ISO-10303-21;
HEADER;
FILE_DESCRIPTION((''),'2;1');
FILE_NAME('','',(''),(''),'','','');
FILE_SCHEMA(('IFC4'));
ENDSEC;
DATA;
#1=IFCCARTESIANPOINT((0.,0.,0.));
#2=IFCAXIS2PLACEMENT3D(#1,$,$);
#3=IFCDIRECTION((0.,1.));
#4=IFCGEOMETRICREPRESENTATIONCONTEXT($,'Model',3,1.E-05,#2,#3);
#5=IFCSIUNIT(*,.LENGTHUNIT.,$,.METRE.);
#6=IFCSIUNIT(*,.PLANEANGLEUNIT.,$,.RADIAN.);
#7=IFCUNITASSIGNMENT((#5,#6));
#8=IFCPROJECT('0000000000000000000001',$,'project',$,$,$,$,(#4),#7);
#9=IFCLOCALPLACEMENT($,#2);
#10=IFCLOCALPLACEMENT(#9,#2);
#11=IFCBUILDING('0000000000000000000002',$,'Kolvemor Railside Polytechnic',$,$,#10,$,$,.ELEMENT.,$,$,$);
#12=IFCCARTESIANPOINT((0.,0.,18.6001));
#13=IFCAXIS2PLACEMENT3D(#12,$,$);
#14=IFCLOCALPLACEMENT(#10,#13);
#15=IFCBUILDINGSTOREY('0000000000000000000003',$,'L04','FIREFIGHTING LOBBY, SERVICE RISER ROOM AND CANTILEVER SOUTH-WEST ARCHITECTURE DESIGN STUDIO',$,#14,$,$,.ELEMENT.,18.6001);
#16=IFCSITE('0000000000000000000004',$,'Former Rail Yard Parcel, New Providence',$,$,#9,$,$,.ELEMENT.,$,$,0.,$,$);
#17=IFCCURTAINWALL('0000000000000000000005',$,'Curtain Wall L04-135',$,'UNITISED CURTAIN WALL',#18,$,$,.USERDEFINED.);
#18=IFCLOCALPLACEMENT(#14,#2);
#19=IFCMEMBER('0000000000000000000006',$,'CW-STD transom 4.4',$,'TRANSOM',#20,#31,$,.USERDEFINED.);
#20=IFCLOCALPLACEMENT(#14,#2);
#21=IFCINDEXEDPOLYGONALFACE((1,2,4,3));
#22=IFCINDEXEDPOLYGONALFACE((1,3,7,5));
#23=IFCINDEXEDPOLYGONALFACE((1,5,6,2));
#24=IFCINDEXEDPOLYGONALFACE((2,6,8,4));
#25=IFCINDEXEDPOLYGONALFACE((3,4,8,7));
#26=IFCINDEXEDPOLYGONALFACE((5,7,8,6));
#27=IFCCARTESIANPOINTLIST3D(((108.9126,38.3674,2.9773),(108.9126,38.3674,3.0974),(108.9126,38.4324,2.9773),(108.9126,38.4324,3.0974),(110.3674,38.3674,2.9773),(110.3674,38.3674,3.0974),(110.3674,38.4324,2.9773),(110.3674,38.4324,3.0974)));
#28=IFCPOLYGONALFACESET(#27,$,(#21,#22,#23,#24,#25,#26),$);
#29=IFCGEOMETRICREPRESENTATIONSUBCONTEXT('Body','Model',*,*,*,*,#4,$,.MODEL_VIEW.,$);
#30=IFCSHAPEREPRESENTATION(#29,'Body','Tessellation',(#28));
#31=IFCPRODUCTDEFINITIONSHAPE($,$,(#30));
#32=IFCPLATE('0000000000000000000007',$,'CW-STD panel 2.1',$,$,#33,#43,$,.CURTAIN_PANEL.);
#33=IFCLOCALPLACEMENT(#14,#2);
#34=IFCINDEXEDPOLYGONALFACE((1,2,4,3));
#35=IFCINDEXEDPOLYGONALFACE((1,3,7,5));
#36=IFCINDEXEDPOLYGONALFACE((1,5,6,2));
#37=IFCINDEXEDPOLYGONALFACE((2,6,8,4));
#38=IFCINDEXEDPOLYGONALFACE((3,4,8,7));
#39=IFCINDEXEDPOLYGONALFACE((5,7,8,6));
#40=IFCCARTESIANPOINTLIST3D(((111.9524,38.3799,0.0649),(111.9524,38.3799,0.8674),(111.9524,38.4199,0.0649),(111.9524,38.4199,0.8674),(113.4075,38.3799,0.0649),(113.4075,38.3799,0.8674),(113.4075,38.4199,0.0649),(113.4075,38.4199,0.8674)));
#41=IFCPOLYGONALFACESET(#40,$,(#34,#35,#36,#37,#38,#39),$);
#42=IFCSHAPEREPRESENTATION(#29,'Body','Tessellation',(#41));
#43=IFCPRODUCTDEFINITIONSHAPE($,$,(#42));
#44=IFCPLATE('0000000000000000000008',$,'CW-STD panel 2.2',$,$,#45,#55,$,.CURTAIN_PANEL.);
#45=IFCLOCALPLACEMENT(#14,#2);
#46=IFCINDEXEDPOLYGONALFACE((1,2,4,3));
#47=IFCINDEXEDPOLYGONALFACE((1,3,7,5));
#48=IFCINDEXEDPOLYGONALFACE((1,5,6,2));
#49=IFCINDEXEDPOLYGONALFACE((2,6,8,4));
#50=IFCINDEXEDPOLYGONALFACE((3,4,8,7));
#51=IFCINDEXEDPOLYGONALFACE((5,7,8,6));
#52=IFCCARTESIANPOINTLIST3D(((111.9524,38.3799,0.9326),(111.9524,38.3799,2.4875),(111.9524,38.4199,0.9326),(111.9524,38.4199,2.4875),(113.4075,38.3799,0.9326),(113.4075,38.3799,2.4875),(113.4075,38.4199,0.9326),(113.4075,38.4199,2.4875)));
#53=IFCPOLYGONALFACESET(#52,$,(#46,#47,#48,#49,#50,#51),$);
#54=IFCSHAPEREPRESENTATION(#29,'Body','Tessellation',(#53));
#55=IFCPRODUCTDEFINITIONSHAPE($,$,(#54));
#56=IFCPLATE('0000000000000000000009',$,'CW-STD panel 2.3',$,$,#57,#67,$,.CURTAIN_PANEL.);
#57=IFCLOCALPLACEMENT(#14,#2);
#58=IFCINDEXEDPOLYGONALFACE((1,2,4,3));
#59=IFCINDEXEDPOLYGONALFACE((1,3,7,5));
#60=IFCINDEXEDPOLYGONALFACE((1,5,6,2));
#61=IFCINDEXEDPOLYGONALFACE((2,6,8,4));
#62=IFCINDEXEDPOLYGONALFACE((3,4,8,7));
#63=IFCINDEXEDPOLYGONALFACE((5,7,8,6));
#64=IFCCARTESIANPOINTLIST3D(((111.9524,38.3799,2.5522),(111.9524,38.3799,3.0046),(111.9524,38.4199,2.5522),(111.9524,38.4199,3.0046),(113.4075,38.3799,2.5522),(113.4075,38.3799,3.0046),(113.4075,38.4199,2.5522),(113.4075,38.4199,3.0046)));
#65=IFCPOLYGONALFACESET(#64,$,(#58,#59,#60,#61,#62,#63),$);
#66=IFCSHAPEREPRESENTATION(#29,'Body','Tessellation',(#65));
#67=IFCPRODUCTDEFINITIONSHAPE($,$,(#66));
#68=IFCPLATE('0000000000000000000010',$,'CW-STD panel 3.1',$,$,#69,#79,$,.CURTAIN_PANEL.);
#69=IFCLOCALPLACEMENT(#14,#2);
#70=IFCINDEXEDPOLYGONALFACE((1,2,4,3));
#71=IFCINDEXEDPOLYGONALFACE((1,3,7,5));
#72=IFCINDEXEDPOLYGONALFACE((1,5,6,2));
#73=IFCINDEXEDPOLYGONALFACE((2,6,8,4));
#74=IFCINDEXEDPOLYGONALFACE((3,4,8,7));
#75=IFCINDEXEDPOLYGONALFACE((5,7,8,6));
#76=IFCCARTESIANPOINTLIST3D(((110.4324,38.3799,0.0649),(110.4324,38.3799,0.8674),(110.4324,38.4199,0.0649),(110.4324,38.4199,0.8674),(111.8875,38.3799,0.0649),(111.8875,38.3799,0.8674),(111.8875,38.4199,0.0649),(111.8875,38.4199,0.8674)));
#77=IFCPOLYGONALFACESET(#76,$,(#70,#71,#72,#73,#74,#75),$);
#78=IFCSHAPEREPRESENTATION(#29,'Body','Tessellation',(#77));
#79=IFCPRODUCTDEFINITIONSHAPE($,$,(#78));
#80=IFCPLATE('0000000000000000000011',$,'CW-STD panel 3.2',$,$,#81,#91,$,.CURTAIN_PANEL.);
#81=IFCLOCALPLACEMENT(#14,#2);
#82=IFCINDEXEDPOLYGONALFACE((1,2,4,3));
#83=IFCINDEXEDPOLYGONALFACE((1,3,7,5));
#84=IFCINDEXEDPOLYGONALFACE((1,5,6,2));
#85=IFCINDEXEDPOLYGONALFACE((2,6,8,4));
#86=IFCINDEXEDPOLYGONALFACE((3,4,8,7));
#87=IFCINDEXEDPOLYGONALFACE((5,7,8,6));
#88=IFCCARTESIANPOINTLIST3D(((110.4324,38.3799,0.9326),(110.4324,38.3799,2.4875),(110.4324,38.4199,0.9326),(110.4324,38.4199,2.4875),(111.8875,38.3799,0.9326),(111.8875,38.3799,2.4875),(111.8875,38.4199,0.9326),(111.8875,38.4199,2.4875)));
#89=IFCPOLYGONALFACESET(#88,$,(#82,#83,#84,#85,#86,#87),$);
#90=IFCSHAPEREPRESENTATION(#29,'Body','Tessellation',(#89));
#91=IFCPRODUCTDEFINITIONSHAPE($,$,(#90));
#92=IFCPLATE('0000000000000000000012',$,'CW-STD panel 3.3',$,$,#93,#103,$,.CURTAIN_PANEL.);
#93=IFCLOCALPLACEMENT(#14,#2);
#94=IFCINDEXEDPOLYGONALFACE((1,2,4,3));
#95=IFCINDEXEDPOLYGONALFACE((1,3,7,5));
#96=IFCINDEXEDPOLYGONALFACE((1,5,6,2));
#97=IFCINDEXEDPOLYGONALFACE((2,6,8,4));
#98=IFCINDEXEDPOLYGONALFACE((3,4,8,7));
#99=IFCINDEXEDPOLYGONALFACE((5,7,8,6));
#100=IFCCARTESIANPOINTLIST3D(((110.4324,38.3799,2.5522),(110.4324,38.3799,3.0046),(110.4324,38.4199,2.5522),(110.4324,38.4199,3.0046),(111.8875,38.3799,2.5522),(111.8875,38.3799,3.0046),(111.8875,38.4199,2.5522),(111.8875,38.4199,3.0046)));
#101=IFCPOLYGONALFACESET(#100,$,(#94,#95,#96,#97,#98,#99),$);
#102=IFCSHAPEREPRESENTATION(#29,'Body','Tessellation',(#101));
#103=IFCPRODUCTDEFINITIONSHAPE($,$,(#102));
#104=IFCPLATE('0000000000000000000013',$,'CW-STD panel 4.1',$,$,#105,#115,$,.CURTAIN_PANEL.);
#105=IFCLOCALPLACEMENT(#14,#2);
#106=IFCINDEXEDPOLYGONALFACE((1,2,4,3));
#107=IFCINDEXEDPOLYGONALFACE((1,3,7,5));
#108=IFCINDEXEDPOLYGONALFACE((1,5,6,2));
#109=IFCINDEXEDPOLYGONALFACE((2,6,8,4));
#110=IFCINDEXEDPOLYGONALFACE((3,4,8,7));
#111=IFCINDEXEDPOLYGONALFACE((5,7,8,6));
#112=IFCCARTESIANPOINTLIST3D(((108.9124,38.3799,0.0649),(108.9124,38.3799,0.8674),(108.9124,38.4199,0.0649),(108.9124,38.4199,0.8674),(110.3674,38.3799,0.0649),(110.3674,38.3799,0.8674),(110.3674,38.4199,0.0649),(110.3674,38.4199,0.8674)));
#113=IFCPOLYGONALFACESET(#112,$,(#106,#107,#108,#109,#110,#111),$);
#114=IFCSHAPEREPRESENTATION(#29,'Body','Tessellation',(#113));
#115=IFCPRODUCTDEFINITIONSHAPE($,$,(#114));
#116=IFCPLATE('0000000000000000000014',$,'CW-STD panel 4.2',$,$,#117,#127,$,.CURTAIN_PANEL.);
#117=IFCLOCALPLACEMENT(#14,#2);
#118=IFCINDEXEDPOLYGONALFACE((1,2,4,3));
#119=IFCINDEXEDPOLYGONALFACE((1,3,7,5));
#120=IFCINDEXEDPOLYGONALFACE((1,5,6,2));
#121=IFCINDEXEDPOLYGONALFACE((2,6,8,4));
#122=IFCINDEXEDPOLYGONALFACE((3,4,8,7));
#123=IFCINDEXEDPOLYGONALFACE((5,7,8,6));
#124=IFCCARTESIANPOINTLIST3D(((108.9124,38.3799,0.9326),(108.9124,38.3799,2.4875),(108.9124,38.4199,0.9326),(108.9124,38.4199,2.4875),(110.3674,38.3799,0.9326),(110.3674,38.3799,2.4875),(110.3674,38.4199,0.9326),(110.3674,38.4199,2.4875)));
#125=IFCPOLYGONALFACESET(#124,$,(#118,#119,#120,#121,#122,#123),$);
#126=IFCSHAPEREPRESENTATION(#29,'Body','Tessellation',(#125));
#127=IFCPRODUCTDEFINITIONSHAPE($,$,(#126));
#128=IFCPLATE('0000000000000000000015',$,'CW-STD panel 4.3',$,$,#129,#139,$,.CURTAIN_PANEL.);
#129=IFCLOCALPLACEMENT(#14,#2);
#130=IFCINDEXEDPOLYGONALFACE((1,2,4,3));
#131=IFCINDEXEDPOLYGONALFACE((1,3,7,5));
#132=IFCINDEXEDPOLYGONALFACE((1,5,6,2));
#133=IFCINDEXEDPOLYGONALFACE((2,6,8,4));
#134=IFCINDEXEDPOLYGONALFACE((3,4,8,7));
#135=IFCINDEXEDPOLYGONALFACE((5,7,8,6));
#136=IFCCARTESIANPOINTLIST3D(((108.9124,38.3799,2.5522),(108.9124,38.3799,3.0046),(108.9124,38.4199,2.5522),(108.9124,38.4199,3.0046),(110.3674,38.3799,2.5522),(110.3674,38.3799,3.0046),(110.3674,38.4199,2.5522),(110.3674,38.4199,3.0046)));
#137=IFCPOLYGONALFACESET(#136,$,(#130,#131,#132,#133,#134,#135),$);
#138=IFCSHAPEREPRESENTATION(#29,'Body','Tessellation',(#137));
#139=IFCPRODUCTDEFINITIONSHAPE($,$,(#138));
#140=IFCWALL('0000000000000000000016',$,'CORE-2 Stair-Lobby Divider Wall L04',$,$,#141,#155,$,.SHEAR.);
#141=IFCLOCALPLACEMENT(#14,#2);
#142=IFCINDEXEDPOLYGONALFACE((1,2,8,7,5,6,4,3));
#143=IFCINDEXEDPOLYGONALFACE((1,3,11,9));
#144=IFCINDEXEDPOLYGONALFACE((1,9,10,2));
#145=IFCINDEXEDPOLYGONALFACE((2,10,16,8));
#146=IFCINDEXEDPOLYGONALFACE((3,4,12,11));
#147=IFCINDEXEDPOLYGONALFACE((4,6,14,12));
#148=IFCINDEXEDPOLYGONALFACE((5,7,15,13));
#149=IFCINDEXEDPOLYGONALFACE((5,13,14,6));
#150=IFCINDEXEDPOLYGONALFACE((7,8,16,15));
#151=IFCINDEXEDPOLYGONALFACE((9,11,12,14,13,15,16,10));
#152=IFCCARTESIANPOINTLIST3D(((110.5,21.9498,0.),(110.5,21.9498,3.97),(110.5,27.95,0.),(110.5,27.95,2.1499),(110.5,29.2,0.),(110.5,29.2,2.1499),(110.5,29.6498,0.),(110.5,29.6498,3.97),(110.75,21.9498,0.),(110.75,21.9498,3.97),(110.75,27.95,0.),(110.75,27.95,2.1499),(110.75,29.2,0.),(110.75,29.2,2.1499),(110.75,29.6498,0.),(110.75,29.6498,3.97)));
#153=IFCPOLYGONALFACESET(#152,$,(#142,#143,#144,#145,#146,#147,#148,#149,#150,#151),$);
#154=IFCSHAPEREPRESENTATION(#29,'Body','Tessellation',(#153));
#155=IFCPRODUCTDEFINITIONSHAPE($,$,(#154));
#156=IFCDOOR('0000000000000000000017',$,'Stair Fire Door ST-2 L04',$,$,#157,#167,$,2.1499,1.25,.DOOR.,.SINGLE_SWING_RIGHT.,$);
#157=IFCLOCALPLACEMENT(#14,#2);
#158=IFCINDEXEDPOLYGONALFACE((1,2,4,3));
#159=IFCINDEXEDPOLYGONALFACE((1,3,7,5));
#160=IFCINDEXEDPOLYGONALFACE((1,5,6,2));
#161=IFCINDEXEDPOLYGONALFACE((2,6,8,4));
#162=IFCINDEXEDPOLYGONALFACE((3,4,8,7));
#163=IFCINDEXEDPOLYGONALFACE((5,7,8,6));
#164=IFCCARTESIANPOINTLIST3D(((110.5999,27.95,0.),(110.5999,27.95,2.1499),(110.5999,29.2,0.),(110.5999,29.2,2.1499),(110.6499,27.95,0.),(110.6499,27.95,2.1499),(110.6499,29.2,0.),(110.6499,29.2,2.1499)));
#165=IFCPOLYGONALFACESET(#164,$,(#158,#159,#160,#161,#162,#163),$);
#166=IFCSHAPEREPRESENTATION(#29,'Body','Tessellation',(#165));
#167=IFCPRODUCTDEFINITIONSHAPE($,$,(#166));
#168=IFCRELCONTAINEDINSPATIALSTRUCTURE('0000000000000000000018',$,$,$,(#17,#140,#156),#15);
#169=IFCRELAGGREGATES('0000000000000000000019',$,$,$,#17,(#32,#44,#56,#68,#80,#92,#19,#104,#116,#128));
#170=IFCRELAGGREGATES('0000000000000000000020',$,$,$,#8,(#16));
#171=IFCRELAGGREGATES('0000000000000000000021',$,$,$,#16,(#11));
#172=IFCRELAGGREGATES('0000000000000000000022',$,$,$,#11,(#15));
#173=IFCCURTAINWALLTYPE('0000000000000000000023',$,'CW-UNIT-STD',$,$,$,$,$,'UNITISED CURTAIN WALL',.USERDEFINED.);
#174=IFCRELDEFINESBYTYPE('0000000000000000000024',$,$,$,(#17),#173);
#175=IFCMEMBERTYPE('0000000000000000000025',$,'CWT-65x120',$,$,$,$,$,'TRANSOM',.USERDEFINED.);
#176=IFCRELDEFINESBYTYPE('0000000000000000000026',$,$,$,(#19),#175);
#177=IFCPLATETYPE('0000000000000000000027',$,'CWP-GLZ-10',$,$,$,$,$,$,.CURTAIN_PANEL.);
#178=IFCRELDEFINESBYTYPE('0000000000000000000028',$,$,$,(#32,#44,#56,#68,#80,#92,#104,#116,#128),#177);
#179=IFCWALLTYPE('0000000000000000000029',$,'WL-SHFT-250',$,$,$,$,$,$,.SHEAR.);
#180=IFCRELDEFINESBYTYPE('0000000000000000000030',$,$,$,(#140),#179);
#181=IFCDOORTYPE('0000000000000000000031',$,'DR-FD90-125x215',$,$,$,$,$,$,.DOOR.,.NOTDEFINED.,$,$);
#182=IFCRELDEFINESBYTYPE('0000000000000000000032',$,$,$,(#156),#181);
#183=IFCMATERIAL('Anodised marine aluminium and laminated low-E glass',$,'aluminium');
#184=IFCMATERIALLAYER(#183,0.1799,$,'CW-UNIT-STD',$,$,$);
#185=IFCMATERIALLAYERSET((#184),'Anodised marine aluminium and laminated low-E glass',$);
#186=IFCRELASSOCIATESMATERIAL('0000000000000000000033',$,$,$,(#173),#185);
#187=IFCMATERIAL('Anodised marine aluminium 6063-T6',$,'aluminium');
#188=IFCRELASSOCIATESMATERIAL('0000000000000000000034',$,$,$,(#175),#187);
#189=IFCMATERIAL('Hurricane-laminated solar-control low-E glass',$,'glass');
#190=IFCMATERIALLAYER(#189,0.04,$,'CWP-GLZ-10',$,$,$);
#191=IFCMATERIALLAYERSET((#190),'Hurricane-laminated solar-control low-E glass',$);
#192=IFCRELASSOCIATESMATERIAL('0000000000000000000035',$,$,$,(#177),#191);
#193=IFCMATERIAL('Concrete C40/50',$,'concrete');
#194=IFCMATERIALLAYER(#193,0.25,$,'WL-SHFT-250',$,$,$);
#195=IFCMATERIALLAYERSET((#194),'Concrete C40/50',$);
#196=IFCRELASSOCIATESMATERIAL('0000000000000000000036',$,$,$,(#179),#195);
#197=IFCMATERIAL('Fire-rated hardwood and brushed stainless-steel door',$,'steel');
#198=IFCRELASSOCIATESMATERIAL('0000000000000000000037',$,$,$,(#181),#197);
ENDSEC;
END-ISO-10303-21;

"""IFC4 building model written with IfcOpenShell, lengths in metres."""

from ifc_helpers import new_model, si_unit, direction, frame, frame_2d, origin, origin_2d, place, context, subcontext, project, spatial, rectangle, extrude, material, layer, layer_set, material_profile, profile_set, type_object, element, fill, aggregate, save


model = new_model("IFC4")

# Units and contexts
model_context = context("Model", 3, precision=1e-05, world=origin(), true_north=direction((0.0, 1.0)))
body_context = subcontext(model_context, "Body", "Model", "MODEL_VIEW")
ifc_project = project(units=[si_unit("LENGTHUNIT", "METRE"), si_unit("PLANEANGLEUNIT", "RADIAN")], contexts=[model_context])

# Site, building, storey
site_placement = place(None, origin())
site = spatial("IfcSite", under=ifc_project, at=site_placement, Name="Former Rail Yard Parcel, New Providence", CompositionType="ELEMENT", RefElevation=0.0)
building_placement = place(site_placement, origin())
building = spatial("IfcBuilding", under=site, at=building_placement, Name="Kolvemor Railside Polytechnic", CompositionType="ELEMENT")
storey_placement = place(building_placement, frame((0.0, 0.0, 18.6001)))
storey = spatial("IfcBuildingStorey", under=building, at=storey_placement, Name="L04", Description="FIREFIGHTING LOBBY, SERVICE RISER ROOM AND CANTILEVER SOUTH-WEST ARCHITECTURE DESIGN STUDIO", CompositionType="ELEMENT", Elevation=18.6001)

# Curtain wall, member, plates
ifc_material_1 = material(Name="Anodised marine aluminium and laminated low-E glass", Category="aluminium")
ifc_layer_1 = layer(ifc_material_1, 0.1799, Name="CW-UNIT-STD")
ifc_layer_set_1 = layer_set([ifc_layer_1], Name="Anodised marine aluminium and laminated low-E glass")
curtain_wall_type = type_object("IfcCurtainWallType", Name="CW-UNIT-STD", ElementType="UNITISED CURTAIN WALL", PredefinedType="USERDEFINED", material=ifc_layer_set_1)
curtain_wall_placement = place(storey_placement, origin())
curtain_wall = element("IfcCurtainWall", 1, at=curtain_wall_placement, inside=storey, type_object=curtain_wall_type, Name="Curtain Wall L04-135", ObjectType="UNITISED CURTAIN WALL", PredefinedType="USERDEFINED")
ifc_material_2 = material(Name="Anodised marine aluminium 6063-T6", Category="aluminium")
ifc_material_profile_1 = material_profile(ifc_material_2, rectangle(XDim=0.0649, YDim=0.1201, at=origin_2d()), Name="CW-TRN-65x120")
ifc_profile_set_1 = profile_set([ifc_material_profile_1], Name="Anodised marine aluminium 6063-T6")
member_type_1 = type_object("IfcMemberType", Name="CWT-65x120", ElementType="TRANSOM", PredefinedType="USERDEFINED", material=ifc_profile_set_1)
member_1_placement = place(storey_placement, frame((110.3674, 38.3999, 3.0374), z_axis=(-1.0, 0.0, 0.0), x_axis=(0.0, -1.0, 0.0)))
member_1 = element("IfcMember", 2, at=member_1_placement, type_object=member_type_1, Name="CW-STD transom 4.4", ObjectType="TRANSOM", PredefinedType="USERDEFINED", context=body_context, shape_type="SweptSolid", body=[
    extrude(rectangle(XDim=0.0649, YDim=0.1201, at=origin_2d()), origin(), (0.0, 0.0, 1.0), 1.4548),
])
ifc_material_3 = material(Name="Hurricane-laminated solar-control low-E glass", Category="glass")
ifc_layer_2 = layer(ifc_material_3, 0.04, Name="CWP-GLZ-10")
ifc_layer_set_2 = layer_set([ifc_layer_2], Name="Hurricane-laminated solar-control low-E glass")
plate_type = type_object("IfcPlateType", Name="CWP-GLZ-10", PredefinedType="CURTAIN_PANEL", material=ifc_layer_set_2)
plate_1_placement = place(storey_placement, frame((112.6799, 38.3999, 0.0649), z_axis=(0.0, 0.0, 1.0), x_axis=(-1.0, 0.0, 0.0)))
plate_1 = element("IfcPlate", 3, at=plate_1_placement, type_object=plate_type, Name="CW-STD panel 2.1", PredefinedType="CURTAIN_PANEL", context=body_context, shape_type="SweptSolid", body=[
    extrude(rectangle(XDim=1.4551, YDim=0.04, at=origin_2d()), origin(), (0.0, 0.0, 1.0), 0.8025),
])
plate_2_placement = place(storey_placement, frame((112.6799, 38.3999, 0.9326), z_axis=(0.0, 0.0, 1.0), x_axis=(-1.0, 0.0, 0.0)))
plate_2 = element("IfcPlate", 4, at=plate_2_placement, type_object=plate_type, Name="CW-STD panel 2.2", PredefinedType="CURTAIN_PANEL", context=body_context, shape_type="SweptSolid", body=[
    extrude(rectangle(XDim=1.4551, YDim=0.04, at=origin_2d()), origin(), (0.0, 0.0, 1.0), 1.5549),
])
plate_3_placement = place(storey_placement, frame((112.6799, 38.3999, 2.5522), z_axis=(0.0, 0.0, 1.0), x_axis=(-1.0, 0.0, 0.0)))
plate_3 = element("IfcPlate", 5, at=plate_3_placement, type_object=plate_type, Name="CW-STD panel 2.3", PredefinedType="CURTAIN_PANEL", context=body_context, shape_type="SweptSolid", body=[
    extrude(rectangle(XDim=1.4551, YDim=0.04, at=origin_2d()), origin(), (0.0, 0.0, 1.0), 0.4524),
])
plate_4_placement = place(storey_placement, frame((111.1599, 38.3999, 0.0649), z_axis=(0.0, 0.0, 1.0), x_axis=(-1.0, 0.0, 0.0)))
plate_4 = element("IfcPlate", 6, at=plate_4_placement, type_object=plate_type, Name="CW-STD panel 3.1", PredefinedType="CURTAIN_PANEL", context=body_context, shape_type="SweptSolid", body=[
    extrude(rectangle(XDim=1.4551, YDim=0.04, at=origin_2d()), origin(), (0.0, 0.0, 1.0), 0.8025),
])
plate_5_placement = place(storey_placement, frame((111.1599, 38.3999, 0.9326), z_axis=(0.0, 0.0, 1.0), x_axis=(-1.0, 0.0, 0.0)))
plate_5 = element("IfcPlate", 7, at=plate_5_placement, type_object=plate_type, Name="CW-STD panel 3.2", PredefinedType="CURTAIN_PANEL", context=body_context, shape_type="SweptSolid", body=[
    extrude(rectangle(XDim=1.4551, YDim=0.04, at=origin_2d()), origin(), (0.0, 0.0, 1.0), 1.5549),
])
plate_6_placement = place(storey_placement, frame((111.1599, 38.3999, 2.5522), z_axis=(0.0, 0.0, 1.0), x_axis=(-1.0, 0.0, 0.0)))
plate_6 = element("IfcPlate", 8, at=plate_6_placement, type_object=plate_type, Name="CW-STD panel 3.3", PredefinedType="CURTAIN_PANEL", context=body_context, shape_type="SweptSolid", body=[
    extrude(rectangle(XDim=1.4551, YDim=0.04, at=origin_2d()), origin(), (0.0, 0.0, 1.0), 0.4524),
])
plate_7_placement = place(storey_placement, frame((109.6399, 38.3999, 0.0649), z_axis=(0.0, 0.0, 1.0), x_axis=(-1.0, 0.0, 0.0)))
plate_7 = element("IfcPlate", 9, at=plate_7_placement, type_object=plate_type, Name="CW-STD panel 4.1", PredefinedType="CURTAIN_PANEL", context=body_context, shape_type="SweptSolid", body=[
    extrude(rectangle(XDim=1.4551, YDim=0.04, at=origin_2d()), origin(), (0.0, 0.0, 1.0), 0.8025),
])
plate_8_placement = place(storey_placement, frame((109.6399, 38.3999, 0.9326), z_axis=(0.0, 0.0, 1.0), x_axis=(-1.0, 0.0, 0.0)))
plate_8 = element("IfcPlate", 10, at=plate_8_placement, type_object=plate_type, Name="CW-STD panel 4.2", PredefinedType="CURTAIN_PANEL", context=body_context, shape_type="SweptSolid", body=[
    extrude(rectangle(XDim=1.4551, YDim=0.04, at=origin_2d()), origin(), (0.0, 0.0, 1.0), 1.5549),
])
plate_9_placement = place(storey_placement, frame((109.6399, 38.3999, 2.5522), z_axis=(0.0, 0.0, 1.0), x_axis=(-1.0, 0.0, 0.0)))
plate_9 = element("IfcPlate", 11, at=plate_9_placement, type_object=plate_type, Name="CW-STD panel 4.3", PredefinedType="CURTAIN_PANEL", context=body_context, shape_type="SweptSolid", body=[
    extrude(rectangle(XDim=1.4551, YDim=0.04, at=origin_2d()), origin(), (0.0, 0.0, 1.0), 0.4524),
])
aggregate(curtain_wall, [plate_1, plate_2, plate_3, plate_4, plate_5, plate_6, member_1, plate_7, plate_8, plate_9])

# Wall, opening, door
ifc_material_4 = material(Name="Concrete C40/50", Category="concrete")
ifc_layer_3 = layer(ifc_material_4, 0.25, Name="WL-SHFT-250")
ifc_layer_set_3 = layer_set([ifc_layer_3], Name="Concrete C40/50")
wall_type = type_object("IfcWallType", Name="WL-SHFT-250", PredefinedType="SHEAR", material=ifc_layer_set_3)
wall_placement = place(storey_placement, frame((110.625, 29.6499, 0.0), z_axis=(0.0, 0.0, 1.0), x_axis=(0.0, -1.0, 0.0)))
wall = element("IfcWall", 12, at=wall_placement, inside=storey, type_object=wall_type, Name="CORE-2 Stair-Lobby Divider Wall L04", PredefinedType="SHEAR", context=body_context, shape_type="SweptSolid", body=[
    extrude(rectangle(XDim=7.7, YDim=0.25, at=frame_2d((3.8501, 0.0))), origin(), (0.0, 0.0, 1.0), 3.97),
])
opening_placement = place(wall_placement, frame((0.45, 0.0, 0.0)))
opening = element("IfcOpeningElement", 13, at=opening_placement, cuts=wall, PredefinedType="OPENING", context=body_context, shape_type="SweptSolid", body=[
    extrude(rectangle(XDim=1.25, YDim=2.1499, at=frame_2d((0.625, 1.075))), frame((0.0, 0.135, 0.0), z_axis=(0.0, -1.0, 0.0), x_axis=(1.0, 0.0, 0.0)), (0.0, 0.0, 1.0), 0.27),
])
ifc_material_5 = material(Name="Fire-rated hardwood and brushed stainless-steel door", Category="steel")
door_type = type_object("IfcDoorType", Name="DR-FD90-125x215", OperationType="NOTDEFINED", PredefinedType="DOOR", material=ifc_material_5)
door_placement = place(opening_placement, origin())
door = element("IfcDoor", 14, at=door_placement, inside=storey, type_object=door_type, Name="Stair Fire Door ST-2 L04", OperationType="SINGLE_SWING_RIGHT", OverallHeight=2.1499, OverallWidth=1.25, PredefinedType="DOOR", context=body_context, shape_type="SweptSolid", body=[
    extrude(rectangle(XDim=1.25, YDim=2.1499, at=frame_2d((0.625, 1.075))), frame((0.0, 0.0249, 0.0), z_axis=(0.0, -1.0, 0.0), x_axis=(1.0, 0.0, 0.0)), (0.0, 0.0, 1.0), 0.05),
])
fill(opening, door)

save(model, "model.ifc")
